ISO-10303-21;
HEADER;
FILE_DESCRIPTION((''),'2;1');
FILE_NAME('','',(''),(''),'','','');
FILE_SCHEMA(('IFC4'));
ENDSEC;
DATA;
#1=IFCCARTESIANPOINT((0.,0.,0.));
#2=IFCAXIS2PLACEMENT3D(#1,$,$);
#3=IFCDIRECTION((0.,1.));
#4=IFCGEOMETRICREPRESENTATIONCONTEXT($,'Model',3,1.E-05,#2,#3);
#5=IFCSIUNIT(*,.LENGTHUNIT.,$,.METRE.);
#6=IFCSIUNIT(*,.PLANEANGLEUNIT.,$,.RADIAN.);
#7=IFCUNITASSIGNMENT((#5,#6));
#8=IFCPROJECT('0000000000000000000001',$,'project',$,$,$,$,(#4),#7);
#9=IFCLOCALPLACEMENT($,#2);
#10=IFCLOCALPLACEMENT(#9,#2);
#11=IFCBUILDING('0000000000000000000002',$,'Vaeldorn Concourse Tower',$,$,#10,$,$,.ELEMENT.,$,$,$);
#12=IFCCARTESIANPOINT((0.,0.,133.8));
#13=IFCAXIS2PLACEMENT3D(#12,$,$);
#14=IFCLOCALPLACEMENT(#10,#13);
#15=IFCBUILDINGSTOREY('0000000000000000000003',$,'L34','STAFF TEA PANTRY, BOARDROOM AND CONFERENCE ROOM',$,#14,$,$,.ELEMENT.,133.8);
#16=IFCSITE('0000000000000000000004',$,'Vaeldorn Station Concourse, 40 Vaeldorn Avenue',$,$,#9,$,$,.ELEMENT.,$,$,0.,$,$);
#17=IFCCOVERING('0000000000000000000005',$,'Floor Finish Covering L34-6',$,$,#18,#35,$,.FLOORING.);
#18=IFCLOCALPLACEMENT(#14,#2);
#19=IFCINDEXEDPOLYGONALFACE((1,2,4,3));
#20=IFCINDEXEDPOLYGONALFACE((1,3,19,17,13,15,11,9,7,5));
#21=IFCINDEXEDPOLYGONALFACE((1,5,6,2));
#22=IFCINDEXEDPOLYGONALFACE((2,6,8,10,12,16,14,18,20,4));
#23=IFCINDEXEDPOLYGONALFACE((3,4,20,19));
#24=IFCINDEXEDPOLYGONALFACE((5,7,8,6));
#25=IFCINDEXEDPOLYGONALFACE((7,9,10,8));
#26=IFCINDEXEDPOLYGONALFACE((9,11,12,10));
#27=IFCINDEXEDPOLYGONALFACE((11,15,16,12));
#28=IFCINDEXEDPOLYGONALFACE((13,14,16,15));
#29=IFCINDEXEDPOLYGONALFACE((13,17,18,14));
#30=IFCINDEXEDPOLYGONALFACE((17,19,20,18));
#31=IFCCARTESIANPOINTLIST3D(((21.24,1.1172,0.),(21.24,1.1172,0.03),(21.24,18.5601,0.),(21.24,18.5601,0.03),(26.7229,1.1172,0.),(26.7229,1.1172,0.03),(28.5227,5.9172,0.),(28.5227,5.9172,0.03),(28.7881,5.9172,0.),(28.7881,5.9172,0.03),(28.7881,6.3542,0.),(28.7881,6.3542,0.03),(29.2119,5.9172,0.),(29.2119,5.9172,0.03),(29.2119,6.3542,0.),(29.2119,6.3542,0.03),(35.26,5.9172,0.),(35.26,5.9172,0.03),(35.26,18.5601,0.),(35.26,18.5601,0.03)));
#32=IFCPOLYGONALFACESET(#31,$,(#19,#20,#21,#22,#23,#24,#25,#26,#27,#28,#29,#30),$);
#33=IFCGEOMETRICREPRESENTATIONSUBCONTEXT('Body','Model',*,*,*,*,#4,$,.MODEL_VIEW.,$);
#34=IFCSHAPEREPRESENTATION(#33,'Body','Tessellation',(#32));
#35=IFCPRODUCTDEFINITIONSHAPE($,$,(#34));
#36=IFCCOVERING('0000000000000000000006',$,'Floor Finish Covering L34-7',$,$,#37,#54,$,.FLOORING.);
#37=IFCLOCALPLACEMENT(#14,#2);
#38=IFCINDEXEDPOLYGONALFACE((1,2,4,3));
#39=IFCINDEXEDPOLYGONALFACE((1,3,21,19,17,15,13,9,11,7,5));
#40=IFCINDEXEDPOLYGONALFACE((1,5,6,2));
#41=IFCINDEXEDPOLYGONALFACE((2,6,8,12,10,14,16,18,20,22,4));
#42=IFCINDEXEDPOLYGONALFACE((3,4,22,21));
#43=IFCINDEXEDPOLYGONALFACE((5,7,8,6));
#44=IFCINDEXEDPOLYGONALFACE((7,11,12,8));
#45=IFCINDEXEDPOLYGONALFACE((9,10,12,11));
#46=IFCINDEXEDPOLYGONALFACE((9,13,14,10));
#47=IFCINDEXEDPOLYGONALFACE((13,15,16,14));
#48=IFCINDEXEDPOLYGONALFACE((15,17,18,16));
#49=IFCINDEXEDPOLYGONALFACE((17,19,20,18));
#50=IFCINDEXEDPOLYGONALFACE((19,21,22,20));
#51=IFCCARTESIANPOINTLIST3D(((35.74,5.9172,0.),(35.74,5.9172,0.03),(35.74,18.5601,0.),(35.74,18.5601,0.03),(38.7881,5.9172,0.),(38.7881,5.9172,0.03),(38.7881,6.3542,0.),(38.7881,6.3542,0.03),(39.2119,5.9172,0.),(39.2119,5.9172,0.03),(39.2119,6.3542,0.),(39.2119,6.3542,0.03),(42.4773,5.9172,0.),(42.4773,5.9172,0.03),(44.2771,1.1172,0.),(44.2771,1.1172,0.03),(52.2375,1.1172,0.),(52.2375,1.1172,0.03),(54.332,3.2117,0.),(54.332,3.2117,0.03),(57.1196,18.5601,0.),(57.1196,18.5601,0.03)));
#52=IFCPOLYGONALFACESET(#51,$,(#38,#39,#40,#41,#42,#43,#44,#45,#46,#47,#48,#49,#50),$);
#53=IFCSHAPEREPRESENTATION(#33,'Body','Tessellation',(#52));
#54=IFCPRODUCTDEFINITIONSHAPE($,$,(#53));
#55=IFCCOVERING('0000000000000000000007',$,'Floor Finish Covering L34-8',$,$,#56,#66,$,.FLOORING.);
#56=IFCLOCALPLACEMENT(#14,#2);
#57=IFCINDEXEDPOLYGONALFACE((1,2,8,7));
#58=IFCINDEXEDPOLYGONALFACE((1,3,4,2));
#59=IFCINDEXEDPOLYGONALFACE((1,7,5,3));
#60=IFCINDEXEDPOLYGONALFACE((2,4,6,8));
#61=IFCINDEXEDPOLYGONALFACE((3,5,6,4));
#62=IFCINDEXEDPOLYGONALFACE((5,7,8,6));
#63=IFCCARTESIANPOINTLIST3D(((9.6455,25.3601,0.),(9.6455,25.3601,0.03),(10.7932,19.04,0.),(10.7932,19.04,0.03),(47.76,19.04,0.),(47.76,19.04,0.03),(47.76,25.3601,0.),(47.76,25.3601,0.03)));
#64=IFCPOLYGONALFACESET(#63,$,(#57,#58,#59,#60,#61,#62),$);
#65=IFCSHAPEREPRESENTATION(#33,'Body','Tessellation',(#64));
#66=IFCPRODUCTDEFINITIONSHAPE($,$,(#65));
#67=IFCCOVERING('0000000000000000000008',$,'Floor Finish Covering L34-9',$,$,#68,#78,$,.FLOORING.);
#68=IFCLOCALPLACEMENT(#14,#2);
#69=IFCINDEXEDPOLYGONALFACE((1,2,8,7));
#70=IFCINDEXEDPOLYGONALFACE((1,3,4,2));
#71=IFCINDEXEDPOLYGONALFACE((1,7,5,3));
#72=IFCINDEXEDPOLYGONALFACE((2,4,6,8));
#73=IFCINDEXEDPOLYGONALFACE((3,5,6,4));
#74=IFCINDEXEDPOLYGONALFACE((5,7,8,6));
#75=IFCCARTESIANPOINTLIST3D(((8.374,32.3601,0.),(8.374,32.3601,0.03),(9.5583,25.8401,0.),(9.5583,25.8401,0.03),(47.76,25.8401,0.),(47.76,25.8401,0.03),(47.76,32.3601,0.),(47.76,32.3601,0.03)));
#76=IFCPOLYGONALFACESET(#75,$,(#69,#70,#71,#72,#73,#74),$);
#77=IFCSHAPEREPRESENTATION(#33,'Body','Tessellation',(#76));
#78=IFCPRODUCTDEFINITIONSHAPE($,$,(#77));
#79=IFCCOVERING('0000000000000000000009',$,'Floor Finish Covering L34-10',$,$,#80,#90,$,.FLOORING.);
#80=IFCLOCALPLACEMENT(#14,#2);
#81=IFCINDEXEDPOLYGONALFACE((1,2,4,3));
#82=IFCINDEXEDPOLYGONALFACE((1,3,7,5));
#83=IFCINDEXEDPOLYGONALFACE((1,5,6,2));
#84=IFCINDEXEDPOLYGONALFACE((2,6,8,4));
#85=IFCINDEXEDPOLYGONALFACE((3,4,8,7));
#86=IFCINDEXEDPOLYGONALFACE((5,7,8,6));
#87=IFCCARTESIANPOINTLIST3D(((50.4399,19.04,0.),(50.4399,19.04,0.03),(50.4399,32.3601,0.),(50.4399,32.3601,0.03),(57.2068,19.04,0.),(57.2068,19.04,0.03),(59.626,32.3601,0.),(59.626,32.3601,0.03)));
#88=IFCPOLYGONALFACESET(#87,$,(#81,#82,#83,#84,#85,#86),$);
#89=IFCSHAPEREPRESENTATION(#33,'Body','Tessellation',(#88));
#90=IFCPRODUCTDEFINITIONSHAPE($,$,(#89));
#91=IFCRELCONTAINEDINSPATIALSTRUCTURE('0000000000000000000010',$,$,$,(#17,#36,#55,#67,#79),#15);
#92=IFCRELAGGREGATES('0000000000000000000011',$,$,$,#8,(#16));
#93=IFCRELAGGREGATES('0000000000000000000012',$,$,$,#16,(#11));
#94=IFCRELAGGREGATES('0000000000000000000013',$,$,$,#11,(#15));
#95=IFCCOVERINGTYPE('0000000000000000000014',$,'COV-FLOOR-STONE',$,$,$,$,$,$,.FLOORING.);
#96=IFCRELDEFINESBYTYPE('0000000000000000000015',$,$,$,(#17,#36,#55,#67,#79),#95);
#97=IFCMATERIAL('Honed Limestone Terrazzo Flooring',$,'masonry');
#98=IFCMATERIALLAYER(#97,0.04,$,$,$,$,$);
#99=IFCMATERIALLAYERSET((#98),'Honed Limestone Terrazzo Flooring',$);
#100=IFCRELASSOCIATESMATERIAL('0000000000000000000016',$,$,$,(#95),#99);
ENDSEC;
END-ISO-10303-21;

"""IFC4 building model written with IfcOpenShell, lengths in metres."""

from ifc_helpers import new_model, si_unit, direction, frame, origin, place, context, subcontext, project, spatial, polyline, outline, extrude, material, layer, layer_set, type_object, element, save


model = new_model("IFC4")

# Units and contexts
model_context = context("Model", 3, precision=1e-05, world=origin(), true_north=direction((0.0, 1.0)))
body_context = subcontext(model_context, "Body", "Model", "MODEL_VIEW")
ifc_project = project(units=[si_unit("LENGTHUNIT", "METRE"), si_unit("PLANEANGLEUNIT", "RADIAN")], contexts=[model_context])

# Site, building, storey
site_placement = place(None, origin())
site = spatial("IfcSite", under=ifc_project, at=site_placement, Name="Vaeldorn Station Concourse, 40 Vaeldorn Avenue", CompositionType="ELEMENT", RefElevation=0.0)
building_placement = place(site_placement, origin())
building = spatial("IfcBuilding", under=site, at=building_placement, Name="Vaeldorn Concourse Tower", CompositionType="ELEMENT")
storey_placement = place(building_placement, frame((0.0, 0.0, 133.8)))
storey = spatial("IfcBuildingStorey", under=building, at=storey_placement, Name="L34", Description="STAFF TEA PANTRY, BOARDROOM AND CONFERENCE ROOM", CompositionType="ELEMENT", Elevation=133.8)

# Coverings
ifc_material_1 = material(Name="Honed Limestone Terrazzo Flooring", Category="masonry")
ifc_layer_1 = layer(ifc_material_1, 0.04)
ifc_layer_set_1 = layer_set([ifc_layer_1], Name="Honed Limestone Terrazzo Flooring")
covering_type_1 = type_object("IfcCoveringType", Name="COV-FLOOR-STONE", PredefinedType="FLOORING", material=ifc_layer_set_1)
covering_1_placement = place(storey_placement, origin())
element("IfcCovering", 1, at=covering_1_placement, inside=storey, type_object=covering_type_1, Name="Floor Finish Covering L34-6", PredefinedType="FLOORING", context=body_context, shape_type="SweptSolid", body=[
    extrude(outline(polyline([(26.7229, 1.1172), (21.24, 1.1172), (21.24, 18.5601), (35.26, 18.5601), (35.26, 5.9172), (29.2119, 5.9172), (29.2119, 6.3542), (28.7881, 6.3542), (28.7881, 5.9172), (28.5227, 5.9172), (26.7229, 1.1172)])), origin(), (0.0, 0.0, 1.0), 0.03),
])
covering_2_placement = place(storey_placement, origin())
element("IfcCovering", 2, at=covering_2_placement, inside=storey, type_object=covering_type_1, Name="Floor Finish Covering L34-7", PredefinedType="FLOORING", context=body_context, shape_type="SweptSolid", body=[
    extrude(outline(polyline([(35.74, 18.5601), (57.1196, 18.5601), (54.332, 3.2117), (52.2375, 1.1172), (44.2771, 1.1172), (42.4773, 5.9172), (39.2119, 5.9172), (39.2119, 6.3542), (38.7881, 6.3542), (38.7881, 5.9172), (35.74, 5.9172), (35.74, 18.5601)])), origin(), (0.0, 0.0, 1.0), 0.03),
])
covering_3_placement = place(storey_placement, origin())
element("IfcCovering", 3, at=covering_3_placement, inside=storey, type_object=covering_type_1, Name="Floor Finish Covering L34-8", PredefinedType="FLOORING", context=body_context, shape_type="SweptSolid", body=[
    extrude(outline(polyline([(47.76, 25.3601), (47.76, 19.04), (10.7932, 19.04), (9.6455, 25.3601), (47.76, 25.3601)])), origin(), (0.0, 0.0, 1.0), 0.03),
])
covering_4_placement = place(storey_placement, origin())
element("IfcCovering", 4, at=covering_4_placement, inside=storey, type_object=covering_type_1, Name="Floor Finish Covering L34-9", PredefinedType="FLOORING", context=body_context, shape_type="SweptSolid", body=[
    extrude(outline(polyline([(47.76, 32.3601), (47.76, 25.8401), (9.5583, 25.8401), (8.374, 32.3601), (47.76, 32.3601)])), origin(), (0.0, 0.0, 1.0), 0.03),
])
covering_5_placement = place(storey_placement, origin())
element("IfcCovering", 5, at=covering_5_placement, inside=storey, type_object=covering_type_1, Name="Floor Finish Covering L34-10", PredefinedType="FLOORING", context=body_context, shape_type="SweptSolid", body=[
    extrude(outline(polyline([(50.4399, 19.04), (50.4399, 32.3601), (59.626, 32.3601), (57.2068, 19.04), (50.4399, 19.04)])), origin(), (0.0, 0.0, 1.0), 0.03),
])

save(model, "model.ifc")
